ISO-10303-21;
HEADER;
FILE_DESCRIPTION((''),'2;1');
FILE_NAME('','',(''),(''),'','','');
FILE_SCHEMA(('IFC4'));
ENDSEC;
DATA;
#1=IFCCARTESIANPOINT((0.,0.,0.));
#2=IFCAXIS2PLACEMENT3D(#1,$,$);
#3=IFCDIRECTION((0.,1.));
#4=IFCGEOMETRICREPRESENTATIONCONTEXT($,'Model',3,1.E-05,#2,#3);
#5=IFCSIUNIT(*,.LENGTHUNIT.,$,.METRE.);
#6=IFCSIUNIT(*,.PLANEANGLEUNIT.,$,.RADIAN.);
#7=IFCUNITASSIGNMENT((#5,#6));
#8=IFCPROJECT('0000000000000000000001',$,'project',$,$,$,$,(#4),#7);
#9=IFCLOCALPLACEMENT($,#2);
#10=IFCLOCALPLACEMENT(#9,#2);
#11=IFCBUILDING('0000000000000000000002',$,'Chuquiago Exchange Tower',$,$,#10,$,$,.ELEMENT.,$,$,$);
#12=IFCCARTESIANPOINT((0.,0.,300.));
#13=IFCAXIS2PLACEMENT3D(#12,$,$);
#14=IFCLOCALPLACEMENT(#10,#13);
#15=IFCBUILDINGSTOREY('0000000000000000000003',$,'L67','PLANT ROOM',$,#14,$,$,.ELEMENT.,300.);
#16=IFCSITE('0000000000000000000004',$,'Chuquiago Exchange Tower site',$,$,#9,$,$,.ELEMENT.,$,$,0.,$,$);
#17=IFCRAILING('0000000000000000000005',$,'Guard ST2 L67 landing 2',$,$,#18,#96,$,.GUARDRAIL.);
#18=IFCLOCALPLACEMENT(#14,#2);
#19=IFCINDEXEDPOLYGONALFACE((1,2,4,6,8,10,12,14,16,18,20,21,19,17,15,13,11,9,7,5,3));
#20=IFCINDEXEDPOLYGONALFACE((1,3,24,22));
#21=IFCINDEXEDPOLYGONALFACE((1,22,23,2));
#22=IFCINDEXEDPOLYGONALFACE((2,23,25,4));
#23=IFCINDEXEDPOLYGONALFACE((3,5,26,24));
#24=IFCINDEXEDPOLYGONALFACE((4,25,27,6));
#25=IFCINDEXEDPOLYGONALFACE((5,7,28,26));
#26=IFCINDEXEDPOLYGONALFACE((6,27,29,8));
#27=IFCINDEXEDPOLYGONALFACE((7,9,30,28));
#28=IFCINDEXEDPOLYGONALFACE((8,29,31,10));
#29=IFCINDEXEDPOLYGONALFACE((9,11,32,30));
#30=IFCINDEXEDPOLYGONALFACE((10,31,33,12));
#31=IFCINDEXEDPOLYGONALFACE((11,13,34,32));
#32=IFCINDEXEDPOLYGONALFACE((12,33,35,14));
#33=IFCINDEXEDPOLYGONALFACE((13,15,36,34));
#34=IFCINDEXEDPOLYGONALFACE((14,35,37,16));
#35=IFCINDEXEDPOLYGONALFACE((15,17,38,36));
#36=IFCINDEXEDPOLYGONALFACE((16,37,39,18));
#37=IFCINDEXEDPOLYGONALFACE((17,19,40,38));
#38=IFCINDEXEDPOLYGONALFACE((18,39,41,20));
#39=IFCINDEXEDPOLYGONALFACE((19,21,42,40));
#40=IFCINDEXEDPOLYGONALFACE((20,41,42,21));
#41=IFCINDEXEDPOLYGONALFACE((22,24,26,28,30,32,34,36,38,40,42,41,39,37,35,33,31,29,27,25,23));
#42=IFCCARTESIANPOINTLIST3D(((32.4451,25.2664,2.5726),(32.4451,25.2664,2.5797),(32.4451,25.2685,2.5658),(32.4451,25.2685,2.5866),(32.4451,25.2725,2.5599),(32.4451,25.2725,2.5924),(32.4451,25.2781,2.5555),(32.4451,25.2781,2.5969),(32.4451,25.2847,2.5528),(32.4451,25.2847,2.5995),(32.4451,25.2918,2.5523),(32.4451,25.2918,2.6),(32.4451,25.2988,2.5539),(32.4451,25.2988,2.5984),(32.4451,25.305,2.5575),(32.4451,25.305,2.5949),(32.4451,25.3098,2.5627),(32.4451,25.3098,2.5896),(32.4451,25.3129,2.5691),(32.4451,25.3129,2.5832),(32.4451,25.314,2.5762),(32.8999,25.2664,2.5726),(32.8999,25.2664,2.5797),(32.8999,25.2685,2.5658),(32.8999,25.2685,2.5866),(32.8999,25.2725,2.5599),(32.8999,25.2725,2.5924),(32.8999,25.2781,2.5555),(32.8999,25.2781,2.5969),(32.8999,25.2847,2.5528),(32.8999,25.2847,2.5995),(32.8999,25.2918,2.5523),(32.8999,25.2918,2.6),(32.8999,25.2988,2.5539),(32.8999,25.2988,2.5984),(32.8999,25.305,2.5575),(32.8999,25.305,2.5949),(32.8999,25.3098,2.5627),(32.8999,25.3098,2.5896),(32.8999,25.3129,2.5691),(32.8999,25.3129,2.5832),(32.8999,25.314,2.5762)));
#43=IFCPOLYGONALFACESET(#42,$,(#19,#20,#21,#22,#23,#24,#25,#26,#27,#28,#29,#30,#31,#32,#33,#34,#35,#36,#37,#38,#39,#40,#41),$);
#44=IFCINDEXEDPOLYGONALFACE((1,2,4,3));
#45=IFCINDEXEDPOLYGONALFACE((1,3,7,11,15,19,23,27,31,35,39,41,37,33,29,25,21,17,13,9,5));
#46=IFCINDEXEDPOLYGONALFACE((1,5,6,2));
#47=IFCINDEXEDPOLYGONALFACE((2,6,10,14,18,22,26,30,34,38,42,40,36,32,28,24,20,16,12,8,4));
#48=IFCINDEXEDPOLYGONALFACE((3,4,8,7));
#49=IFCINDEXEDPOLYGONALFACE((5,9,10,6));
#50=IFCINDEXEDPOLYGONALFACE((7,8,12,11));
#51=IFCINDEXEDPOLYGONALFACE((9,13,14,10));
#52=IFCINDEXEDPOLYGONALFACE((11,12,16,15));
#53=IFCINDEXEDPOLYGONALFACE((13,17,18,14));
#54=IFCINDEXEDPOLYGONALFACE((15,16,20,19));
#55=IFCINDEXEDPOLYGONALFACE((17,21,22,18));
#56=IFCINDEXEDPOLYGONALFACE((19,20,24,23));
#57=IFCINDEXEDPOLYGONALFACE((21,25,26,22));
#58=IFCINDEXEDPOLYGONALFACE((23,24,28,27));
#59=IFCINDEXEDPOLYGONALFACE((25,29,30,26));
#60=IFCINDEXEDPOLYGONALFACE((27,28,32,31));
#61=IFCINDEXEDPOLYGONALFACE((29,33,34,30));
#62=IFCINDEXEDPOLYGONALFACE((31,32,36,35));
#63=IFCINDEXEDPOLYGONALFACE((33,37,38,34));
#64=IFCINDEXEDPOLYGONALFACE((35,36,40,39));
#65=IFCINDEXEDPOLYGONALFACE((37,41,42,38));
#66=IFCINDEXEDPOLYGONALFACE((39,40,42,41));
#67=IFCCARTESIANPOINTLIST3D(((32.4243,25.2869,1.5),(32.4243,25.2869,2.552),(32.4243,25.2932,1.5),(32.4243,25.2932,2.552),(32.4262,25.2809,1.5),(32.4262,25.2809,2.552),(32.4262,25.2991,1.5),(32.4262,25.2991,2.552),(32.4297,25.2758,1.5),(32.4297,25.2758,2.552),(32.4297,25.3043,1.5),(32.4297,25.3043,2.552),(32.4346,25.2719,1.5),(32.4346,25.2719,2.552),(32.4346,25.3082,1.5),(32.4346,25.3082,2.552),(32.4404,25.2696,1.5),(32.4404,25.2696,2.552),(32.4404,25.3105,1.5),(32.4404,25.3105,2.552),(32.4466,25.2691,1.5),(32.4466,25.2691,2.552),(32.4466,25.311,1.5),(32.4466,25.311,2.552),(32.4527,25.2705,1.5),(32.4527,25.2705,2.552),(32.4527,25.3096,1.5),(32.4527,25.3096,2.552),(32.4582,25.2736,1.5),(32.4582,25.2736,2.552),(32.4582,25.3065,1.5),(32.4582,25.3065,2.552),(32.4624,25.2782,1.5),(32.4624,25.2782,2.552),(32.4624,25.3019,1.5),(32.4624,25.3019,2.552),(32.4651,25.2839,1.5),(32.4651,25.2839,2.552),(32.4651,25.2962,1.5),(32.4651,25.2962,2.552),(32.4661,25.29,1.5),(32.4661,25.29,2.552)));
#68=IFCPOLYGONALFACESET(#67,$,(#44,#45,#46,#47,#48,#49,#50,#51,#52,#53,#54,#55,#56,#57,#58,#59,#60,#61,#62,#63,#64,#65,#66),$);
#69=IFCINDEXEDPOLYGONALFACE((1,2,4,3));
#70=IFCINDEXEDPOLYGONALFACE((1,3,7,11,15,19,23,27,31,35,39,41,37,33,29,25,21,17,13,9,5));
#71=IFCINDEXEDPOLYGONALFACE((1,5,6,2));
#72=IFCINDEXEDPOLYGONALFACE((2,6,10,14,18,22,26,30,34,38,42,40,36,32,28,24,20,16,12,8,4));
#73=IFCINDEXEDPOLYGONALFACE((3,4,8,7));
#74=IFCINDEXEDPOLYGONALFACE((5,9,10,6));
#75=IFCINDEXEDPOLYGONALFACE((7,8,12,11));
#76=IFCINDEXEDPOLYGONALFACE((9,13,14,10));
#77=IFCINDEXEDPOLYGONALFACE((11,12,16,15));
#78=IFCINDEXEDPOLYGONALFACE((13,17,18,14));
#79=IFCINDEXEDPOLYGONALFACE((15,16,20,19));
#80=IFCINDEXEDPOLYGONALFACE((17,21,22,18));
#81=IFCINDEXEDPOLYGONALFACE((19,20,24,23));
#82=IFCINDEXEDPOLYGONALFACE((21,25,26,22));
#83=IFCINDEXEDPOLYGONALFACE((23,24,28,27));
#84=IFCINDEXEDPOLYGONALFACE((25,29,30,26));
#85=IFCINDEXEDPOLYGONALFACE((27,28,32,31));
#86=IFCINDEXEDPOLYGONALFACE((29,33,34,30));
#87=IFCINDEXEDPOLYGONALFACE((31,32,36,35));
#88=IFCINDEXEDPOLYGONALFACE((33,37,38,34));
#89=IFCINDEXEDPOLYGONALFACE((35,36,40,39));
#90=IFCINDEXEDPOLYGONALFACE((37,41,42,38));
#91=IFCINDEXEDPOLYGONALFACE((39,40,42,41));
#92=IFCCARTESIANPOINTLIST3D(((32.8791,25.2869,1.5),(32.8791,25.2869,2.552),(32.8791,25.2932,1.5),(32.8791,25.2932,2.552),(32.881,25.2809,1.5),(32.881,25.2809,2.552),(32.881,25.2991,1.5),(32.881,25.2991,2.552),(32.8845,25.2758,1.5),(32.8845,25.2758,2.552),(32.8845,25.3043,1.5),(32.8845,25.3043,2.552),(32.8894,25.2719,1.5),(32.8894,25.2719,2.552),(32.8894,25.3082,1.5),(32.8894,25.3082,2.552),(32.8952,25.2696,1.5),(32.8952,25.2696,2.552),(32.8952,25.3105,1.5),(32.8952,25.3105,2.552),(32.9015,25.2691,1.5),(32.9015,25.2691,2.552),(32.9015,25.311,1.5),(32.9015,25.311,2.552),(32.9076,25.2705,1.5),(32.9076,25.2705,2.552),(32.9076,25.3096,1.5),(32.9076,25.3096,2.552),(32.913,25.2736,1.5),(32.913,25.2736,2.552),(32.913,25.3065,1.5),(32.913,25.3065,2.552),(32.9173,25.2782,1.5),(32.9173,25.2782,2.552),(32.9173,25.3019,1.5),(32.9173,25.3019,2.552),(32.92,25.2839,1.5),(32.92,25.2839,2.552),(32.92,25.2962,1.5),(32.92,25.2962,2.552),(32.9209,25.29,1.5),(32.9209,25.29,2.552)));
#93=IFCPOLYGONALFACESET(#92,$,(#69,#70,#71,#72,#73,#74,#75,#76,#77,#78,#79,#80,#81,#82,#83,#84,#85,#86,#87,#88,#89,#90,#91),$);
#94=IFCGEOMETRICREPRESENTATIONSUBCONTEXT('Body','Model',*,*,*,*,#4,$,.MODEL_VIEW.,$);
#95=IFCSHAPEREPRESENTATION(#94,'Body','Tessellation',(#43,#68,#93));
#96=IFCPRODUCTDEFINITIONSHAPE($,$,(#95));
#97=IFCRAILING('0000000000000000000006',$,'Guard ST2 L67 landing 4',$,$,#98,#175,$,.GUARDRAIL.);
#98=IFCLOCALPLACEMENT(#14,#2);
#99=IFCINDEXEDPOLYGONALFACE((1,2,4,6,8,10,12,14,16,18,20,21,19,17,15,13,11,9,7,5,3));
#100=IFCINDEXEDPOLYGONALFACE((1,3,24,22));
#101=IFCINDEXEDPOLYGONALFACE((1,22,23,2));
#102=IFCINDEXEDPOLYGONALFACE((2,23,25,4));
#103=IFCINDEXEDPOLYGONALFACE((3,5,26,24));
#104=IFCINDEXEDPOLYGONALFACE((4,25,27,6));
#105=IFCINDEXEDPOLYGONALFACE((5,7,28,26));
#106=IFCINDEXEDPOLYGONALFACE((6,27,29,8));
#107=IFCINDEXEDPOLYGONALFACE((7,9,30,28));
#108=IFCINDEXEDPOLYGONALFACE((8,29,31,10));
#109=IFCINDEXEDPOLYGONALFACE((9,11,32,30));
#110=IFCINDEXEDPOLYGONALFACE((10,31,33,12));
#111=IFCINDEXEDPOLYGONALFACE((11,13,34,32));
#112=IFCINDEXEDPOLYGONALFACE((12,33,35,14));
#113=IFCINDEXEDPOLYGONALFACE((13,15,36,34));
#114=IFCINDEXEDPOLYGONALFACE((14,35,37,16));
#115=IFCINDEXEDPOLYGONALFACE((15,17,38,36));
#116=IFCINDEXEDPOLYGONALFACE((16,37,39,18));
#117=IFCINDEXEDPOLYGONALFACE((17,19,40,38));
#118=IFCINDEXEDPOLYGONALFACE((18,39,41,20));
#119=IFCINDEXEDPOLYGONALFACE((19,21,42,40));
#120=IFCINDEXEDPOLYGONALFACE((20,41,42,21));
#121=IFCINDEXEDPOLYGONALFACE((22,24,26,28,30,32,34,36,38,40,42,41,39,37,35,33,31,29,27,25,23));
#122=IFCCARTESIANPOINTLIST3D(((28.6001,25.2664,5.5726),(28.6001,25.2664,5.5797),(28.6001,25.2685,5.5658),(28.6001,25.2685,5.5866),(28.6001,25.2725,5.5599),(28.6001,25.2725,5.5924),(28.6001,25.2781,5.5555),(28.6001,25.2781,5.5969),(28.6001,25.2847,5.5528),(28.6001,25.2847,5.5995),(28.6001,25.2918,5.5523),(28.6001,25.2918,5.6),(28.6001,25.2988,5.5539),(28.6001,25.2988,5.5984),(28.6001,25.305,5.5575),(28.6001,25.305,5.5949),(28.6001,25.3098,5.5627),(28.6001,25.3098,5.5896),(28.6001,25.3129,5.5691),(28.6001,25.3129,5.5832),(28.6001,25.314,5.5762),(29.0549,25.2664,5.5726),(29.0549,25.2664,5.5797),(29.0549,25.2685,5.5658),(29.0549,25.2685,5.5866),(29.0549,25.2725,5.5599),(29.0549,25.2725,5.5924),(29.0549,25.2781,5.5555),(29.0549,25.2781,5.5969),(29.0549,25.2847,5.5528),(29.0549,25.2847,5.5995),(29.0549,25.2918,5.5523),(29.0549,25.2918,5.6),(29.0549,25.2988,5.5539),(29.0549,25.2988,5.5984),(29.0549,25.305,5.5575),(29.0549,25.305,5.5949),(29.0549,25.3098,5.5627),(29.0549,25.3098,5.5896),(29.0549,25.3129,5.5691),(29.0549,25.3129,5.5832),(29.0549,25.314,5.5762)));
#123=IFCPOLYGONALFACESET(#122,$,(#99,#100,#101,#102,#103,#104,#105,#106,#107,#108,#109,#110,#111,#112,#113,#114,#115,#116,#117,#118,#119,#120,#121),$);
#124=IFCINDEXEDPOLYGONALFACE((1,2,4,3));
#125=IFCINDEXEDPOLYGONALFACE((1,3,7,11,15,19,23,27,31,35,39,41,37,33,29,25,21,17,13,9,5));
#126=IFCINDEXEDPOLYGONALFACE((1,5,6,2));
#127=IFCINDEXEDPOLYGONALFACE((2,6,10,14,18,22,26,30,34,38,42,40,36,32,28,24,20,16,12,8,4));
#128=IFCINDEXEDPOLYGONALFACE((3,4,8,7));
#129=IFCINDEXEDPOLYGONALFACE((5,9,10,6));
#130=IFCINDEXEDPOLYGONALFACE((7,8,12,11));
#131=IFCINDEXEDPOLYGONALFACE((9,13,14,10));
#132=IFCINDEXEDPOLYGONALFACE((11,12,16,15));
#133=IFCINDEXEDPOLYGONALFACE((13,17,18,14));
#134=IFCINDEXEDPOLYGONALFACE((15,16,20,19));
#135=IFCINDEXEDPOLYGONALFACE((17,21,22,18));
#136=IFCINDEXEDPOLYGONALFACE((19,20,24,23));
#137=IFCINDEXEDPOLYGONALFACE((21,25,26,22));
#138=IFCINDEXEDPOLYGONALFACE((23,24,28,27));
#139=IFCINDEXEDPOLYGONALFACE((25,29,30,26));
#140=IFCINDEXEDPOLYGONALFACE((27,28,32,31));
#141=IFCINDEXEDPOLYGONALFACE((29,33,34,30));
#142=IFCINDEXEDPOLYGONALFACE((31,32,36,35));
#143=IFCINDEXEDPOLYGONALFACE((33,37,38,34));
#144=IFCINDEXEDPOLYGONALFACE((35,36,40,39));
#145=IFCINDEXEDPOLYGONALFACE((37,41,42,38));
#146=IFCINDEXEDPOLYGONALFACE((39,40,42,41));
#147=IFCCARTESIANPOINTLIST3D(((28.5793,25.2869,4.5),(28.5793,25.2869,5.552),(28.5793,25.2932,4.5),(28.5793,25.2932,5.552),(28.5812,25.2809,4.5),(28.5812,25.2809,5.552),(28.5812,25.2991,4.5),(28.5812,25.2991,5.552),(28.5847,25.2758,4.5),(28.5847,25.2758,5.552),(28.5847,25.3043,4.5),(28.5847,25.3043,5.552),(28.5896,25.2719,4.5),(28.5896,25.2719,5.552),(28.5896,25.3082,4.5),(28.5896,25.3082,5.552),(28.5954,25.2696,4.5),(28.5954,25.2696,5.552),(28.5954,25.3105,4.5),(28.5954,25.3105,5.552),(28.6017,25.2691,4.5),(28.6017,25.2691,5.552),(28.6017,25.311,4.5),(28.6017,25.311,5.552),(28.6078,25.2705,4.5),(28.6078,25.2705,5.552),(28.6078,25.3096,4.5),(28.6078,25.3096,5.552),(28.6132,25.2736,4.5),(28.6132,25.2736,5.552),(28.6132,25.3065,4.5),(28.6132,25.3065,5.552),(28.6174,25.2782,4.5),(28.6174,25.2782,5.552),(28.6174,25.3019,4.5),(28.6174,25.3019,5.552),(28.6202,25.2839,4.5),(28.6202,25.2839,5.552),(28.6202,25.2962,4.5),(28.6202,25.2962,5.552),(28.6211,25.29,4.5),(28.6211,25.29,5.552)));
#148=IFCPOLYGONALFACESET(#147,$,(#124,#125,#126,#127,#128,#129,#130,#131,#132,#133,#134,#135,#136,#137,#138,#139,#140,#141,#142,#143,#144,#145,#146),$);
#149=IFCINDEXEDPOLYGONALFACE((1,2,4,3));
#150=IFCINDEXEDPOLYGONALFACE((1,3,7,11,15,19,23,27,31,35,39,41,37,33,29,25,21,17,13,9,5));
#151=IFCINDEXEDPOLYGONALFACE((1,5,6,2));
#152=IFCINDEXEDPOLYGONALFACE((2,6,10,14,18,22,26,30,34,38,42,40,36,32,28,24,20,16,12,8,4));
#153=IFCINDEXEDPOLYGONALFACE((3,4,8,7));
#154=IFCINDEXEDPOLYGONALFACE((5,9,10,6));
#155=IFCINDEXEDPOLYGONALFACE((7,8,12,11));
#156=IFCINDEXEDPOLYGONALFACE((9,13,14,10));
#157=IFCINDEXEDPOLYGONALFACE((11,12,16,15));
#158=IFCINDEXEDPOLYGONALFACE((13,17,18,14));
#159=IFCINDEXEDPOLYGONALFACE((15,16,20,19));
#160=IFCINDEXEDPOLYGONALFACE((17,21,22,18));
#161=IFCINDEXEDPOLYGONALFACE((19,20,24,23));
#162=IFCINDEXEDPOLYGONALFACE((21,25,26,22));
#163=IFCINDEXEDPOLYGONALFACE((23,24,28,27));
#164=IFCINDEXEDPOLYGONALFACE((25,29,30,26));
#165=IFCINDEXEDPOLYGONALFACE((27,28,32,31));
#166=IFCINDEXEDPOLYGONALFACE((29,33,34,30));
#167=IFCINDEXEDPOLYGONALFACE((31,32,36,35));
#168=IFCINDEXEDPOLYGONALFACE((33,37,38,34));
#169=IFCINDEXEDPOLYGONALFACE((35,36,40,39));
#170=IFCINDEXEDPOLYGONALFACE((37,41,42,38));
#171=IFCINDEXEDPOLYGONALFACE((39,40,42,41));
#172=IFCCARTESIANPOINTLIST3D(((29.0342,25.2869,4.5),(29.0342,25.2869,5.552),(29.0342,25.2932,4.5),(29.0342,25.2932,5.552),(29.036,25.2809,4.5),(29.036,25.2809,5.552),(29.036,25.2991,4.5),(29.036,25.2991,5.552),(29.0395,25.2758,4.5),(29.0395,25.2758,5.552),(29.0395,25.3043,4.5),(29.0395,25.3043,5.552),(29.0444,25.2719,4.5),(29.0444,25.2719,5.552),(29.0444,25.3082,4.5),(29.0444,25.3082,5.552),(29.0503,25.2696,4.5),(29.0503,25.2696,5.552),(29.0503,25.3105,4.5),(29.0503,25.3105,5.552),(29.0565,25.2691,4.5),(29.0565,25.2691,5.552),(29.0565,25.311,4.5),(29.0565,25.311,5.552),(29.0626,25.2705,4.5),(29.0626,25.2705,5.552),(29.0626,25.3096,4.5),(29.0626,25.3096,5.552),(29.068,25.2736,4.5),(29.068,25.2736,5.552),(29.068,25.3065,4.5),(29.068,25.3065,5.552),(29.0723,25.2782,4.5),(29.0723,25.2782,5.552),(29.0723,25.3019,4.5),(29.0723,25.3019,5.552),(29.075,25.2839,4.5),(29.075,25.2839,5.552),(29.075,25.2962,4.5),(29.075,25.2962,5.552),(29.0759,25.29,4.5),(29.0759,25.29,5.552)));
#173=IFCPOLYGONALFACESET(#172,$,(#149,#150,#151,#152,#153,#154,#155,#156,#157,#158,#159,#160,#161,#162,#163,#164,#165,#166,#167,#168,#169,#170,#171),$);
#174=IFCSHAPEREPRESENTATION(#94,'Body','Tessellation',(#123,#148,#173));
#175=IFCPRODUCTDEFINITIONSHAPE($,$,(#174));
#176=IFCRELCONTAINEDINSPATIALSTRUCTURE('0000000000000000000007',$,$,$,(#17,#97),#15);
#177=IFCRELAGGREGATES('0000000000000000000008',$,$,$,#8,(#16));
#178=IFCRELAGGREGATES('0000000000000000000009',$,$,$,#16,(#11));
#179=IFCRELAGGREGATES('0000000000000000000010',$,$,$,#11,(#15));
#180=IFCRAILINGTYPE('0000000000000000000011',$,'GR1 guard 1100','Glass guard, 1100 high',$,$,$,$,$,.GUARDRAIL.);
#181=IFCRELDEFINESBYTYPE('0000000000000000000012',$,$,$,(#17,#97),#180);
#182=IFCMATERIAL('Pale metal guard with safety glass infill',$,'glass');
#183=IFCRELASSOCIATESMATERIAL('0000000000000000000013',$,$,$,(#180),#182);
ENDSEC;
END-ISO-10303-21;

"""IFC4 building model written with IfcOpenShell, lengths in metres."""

from ifc_helpers import new_model, si_unit, direction, frame, origin, origin_2d, place, context, subcontext, project, spatial, circle, extrude, material, type_object, element, save


model = new_model("IFC4")

# Units and contexts
model_context = context("Model", 3, precision=1e-05, world=origin(), true_north=direction((0.0, 1.0)))
body_context = subcontext(model_context, "Body", "Model", "MODEL_VIEW")
ifc_project = project(units=[si_unit("LENGTHUNIT", "METRE"), si_unit("PLANEANGLEUNIT", "RADIAN")], contexts=[model_context])

# Site, building, storey
site_placement = place(None, origin())
site = spatial("IfcSite", under=ifc_project, at=site_placement, Name="Chuquiago Exchange Tower site", CompositionType="ELEMENT", RefElevation=0.0)
building_placement = place(site_placement, origin())
building = spatial("IfcBuilding", under=site, at=building_placement, Name="Chuquiago Exchange Tower", CompositionType="ELEMENT")
storey_placement = place(building_placement, frame((0.0, 0.0, 300.0)))
storey = spatial("IfcBuildingStorey", under=building, at=storey_placement, Name="L67", Description="PLANT ROOM", CompositionType="ELEMENT", Elevation=300.0)

# Railings
ifc_material_1 = material(Name="Pale metal guard with safety glass infill", Category="glass")
railing_type_1 = type_object("IfcRailingType", Name="GR1 guard 1100", Description="Glass guard, 1100 high", PredefinedType="GUARDRAIL", material=ifc_material_1)
for number, where, name in (
    (1, (32.4451, 25.29, 1.5), "Guard ST2 L67 landing 2"),
    (2, (28.6001, 25.29, 4.5), "Guard ST2 L67 landing 4"),
):
    element("IfcRailing", number, at=place(storey_placement, frame(where)), inside=storey, type_object=railing_type_1, Name=name, PredefinedType="GUARDRAIL", context=body_context, shape_type="SweptSolid", body=[
        extrude(circle(Radius=0.0239, at=origin_2d()), frame((0.0, 0.0, 1.0762), z_axis=(1.0, 0.0, 0.0), x_axis=(0.0, 1.0, 0.0)), (0.0, 0.0, 1.0), 0.4548),
        extrude(circle(Radius=0.021, at=origin_2d()), origin(), (0.0, 0.0, 1.0), 1.052),
        extrude(circle(Radius=0.021, at=origin_2d()), frame((0.4548, 0.0, 0.0)), (0.0, 0.0, 1.0), 1.052),
    ])

save(model, "model.ifc")
